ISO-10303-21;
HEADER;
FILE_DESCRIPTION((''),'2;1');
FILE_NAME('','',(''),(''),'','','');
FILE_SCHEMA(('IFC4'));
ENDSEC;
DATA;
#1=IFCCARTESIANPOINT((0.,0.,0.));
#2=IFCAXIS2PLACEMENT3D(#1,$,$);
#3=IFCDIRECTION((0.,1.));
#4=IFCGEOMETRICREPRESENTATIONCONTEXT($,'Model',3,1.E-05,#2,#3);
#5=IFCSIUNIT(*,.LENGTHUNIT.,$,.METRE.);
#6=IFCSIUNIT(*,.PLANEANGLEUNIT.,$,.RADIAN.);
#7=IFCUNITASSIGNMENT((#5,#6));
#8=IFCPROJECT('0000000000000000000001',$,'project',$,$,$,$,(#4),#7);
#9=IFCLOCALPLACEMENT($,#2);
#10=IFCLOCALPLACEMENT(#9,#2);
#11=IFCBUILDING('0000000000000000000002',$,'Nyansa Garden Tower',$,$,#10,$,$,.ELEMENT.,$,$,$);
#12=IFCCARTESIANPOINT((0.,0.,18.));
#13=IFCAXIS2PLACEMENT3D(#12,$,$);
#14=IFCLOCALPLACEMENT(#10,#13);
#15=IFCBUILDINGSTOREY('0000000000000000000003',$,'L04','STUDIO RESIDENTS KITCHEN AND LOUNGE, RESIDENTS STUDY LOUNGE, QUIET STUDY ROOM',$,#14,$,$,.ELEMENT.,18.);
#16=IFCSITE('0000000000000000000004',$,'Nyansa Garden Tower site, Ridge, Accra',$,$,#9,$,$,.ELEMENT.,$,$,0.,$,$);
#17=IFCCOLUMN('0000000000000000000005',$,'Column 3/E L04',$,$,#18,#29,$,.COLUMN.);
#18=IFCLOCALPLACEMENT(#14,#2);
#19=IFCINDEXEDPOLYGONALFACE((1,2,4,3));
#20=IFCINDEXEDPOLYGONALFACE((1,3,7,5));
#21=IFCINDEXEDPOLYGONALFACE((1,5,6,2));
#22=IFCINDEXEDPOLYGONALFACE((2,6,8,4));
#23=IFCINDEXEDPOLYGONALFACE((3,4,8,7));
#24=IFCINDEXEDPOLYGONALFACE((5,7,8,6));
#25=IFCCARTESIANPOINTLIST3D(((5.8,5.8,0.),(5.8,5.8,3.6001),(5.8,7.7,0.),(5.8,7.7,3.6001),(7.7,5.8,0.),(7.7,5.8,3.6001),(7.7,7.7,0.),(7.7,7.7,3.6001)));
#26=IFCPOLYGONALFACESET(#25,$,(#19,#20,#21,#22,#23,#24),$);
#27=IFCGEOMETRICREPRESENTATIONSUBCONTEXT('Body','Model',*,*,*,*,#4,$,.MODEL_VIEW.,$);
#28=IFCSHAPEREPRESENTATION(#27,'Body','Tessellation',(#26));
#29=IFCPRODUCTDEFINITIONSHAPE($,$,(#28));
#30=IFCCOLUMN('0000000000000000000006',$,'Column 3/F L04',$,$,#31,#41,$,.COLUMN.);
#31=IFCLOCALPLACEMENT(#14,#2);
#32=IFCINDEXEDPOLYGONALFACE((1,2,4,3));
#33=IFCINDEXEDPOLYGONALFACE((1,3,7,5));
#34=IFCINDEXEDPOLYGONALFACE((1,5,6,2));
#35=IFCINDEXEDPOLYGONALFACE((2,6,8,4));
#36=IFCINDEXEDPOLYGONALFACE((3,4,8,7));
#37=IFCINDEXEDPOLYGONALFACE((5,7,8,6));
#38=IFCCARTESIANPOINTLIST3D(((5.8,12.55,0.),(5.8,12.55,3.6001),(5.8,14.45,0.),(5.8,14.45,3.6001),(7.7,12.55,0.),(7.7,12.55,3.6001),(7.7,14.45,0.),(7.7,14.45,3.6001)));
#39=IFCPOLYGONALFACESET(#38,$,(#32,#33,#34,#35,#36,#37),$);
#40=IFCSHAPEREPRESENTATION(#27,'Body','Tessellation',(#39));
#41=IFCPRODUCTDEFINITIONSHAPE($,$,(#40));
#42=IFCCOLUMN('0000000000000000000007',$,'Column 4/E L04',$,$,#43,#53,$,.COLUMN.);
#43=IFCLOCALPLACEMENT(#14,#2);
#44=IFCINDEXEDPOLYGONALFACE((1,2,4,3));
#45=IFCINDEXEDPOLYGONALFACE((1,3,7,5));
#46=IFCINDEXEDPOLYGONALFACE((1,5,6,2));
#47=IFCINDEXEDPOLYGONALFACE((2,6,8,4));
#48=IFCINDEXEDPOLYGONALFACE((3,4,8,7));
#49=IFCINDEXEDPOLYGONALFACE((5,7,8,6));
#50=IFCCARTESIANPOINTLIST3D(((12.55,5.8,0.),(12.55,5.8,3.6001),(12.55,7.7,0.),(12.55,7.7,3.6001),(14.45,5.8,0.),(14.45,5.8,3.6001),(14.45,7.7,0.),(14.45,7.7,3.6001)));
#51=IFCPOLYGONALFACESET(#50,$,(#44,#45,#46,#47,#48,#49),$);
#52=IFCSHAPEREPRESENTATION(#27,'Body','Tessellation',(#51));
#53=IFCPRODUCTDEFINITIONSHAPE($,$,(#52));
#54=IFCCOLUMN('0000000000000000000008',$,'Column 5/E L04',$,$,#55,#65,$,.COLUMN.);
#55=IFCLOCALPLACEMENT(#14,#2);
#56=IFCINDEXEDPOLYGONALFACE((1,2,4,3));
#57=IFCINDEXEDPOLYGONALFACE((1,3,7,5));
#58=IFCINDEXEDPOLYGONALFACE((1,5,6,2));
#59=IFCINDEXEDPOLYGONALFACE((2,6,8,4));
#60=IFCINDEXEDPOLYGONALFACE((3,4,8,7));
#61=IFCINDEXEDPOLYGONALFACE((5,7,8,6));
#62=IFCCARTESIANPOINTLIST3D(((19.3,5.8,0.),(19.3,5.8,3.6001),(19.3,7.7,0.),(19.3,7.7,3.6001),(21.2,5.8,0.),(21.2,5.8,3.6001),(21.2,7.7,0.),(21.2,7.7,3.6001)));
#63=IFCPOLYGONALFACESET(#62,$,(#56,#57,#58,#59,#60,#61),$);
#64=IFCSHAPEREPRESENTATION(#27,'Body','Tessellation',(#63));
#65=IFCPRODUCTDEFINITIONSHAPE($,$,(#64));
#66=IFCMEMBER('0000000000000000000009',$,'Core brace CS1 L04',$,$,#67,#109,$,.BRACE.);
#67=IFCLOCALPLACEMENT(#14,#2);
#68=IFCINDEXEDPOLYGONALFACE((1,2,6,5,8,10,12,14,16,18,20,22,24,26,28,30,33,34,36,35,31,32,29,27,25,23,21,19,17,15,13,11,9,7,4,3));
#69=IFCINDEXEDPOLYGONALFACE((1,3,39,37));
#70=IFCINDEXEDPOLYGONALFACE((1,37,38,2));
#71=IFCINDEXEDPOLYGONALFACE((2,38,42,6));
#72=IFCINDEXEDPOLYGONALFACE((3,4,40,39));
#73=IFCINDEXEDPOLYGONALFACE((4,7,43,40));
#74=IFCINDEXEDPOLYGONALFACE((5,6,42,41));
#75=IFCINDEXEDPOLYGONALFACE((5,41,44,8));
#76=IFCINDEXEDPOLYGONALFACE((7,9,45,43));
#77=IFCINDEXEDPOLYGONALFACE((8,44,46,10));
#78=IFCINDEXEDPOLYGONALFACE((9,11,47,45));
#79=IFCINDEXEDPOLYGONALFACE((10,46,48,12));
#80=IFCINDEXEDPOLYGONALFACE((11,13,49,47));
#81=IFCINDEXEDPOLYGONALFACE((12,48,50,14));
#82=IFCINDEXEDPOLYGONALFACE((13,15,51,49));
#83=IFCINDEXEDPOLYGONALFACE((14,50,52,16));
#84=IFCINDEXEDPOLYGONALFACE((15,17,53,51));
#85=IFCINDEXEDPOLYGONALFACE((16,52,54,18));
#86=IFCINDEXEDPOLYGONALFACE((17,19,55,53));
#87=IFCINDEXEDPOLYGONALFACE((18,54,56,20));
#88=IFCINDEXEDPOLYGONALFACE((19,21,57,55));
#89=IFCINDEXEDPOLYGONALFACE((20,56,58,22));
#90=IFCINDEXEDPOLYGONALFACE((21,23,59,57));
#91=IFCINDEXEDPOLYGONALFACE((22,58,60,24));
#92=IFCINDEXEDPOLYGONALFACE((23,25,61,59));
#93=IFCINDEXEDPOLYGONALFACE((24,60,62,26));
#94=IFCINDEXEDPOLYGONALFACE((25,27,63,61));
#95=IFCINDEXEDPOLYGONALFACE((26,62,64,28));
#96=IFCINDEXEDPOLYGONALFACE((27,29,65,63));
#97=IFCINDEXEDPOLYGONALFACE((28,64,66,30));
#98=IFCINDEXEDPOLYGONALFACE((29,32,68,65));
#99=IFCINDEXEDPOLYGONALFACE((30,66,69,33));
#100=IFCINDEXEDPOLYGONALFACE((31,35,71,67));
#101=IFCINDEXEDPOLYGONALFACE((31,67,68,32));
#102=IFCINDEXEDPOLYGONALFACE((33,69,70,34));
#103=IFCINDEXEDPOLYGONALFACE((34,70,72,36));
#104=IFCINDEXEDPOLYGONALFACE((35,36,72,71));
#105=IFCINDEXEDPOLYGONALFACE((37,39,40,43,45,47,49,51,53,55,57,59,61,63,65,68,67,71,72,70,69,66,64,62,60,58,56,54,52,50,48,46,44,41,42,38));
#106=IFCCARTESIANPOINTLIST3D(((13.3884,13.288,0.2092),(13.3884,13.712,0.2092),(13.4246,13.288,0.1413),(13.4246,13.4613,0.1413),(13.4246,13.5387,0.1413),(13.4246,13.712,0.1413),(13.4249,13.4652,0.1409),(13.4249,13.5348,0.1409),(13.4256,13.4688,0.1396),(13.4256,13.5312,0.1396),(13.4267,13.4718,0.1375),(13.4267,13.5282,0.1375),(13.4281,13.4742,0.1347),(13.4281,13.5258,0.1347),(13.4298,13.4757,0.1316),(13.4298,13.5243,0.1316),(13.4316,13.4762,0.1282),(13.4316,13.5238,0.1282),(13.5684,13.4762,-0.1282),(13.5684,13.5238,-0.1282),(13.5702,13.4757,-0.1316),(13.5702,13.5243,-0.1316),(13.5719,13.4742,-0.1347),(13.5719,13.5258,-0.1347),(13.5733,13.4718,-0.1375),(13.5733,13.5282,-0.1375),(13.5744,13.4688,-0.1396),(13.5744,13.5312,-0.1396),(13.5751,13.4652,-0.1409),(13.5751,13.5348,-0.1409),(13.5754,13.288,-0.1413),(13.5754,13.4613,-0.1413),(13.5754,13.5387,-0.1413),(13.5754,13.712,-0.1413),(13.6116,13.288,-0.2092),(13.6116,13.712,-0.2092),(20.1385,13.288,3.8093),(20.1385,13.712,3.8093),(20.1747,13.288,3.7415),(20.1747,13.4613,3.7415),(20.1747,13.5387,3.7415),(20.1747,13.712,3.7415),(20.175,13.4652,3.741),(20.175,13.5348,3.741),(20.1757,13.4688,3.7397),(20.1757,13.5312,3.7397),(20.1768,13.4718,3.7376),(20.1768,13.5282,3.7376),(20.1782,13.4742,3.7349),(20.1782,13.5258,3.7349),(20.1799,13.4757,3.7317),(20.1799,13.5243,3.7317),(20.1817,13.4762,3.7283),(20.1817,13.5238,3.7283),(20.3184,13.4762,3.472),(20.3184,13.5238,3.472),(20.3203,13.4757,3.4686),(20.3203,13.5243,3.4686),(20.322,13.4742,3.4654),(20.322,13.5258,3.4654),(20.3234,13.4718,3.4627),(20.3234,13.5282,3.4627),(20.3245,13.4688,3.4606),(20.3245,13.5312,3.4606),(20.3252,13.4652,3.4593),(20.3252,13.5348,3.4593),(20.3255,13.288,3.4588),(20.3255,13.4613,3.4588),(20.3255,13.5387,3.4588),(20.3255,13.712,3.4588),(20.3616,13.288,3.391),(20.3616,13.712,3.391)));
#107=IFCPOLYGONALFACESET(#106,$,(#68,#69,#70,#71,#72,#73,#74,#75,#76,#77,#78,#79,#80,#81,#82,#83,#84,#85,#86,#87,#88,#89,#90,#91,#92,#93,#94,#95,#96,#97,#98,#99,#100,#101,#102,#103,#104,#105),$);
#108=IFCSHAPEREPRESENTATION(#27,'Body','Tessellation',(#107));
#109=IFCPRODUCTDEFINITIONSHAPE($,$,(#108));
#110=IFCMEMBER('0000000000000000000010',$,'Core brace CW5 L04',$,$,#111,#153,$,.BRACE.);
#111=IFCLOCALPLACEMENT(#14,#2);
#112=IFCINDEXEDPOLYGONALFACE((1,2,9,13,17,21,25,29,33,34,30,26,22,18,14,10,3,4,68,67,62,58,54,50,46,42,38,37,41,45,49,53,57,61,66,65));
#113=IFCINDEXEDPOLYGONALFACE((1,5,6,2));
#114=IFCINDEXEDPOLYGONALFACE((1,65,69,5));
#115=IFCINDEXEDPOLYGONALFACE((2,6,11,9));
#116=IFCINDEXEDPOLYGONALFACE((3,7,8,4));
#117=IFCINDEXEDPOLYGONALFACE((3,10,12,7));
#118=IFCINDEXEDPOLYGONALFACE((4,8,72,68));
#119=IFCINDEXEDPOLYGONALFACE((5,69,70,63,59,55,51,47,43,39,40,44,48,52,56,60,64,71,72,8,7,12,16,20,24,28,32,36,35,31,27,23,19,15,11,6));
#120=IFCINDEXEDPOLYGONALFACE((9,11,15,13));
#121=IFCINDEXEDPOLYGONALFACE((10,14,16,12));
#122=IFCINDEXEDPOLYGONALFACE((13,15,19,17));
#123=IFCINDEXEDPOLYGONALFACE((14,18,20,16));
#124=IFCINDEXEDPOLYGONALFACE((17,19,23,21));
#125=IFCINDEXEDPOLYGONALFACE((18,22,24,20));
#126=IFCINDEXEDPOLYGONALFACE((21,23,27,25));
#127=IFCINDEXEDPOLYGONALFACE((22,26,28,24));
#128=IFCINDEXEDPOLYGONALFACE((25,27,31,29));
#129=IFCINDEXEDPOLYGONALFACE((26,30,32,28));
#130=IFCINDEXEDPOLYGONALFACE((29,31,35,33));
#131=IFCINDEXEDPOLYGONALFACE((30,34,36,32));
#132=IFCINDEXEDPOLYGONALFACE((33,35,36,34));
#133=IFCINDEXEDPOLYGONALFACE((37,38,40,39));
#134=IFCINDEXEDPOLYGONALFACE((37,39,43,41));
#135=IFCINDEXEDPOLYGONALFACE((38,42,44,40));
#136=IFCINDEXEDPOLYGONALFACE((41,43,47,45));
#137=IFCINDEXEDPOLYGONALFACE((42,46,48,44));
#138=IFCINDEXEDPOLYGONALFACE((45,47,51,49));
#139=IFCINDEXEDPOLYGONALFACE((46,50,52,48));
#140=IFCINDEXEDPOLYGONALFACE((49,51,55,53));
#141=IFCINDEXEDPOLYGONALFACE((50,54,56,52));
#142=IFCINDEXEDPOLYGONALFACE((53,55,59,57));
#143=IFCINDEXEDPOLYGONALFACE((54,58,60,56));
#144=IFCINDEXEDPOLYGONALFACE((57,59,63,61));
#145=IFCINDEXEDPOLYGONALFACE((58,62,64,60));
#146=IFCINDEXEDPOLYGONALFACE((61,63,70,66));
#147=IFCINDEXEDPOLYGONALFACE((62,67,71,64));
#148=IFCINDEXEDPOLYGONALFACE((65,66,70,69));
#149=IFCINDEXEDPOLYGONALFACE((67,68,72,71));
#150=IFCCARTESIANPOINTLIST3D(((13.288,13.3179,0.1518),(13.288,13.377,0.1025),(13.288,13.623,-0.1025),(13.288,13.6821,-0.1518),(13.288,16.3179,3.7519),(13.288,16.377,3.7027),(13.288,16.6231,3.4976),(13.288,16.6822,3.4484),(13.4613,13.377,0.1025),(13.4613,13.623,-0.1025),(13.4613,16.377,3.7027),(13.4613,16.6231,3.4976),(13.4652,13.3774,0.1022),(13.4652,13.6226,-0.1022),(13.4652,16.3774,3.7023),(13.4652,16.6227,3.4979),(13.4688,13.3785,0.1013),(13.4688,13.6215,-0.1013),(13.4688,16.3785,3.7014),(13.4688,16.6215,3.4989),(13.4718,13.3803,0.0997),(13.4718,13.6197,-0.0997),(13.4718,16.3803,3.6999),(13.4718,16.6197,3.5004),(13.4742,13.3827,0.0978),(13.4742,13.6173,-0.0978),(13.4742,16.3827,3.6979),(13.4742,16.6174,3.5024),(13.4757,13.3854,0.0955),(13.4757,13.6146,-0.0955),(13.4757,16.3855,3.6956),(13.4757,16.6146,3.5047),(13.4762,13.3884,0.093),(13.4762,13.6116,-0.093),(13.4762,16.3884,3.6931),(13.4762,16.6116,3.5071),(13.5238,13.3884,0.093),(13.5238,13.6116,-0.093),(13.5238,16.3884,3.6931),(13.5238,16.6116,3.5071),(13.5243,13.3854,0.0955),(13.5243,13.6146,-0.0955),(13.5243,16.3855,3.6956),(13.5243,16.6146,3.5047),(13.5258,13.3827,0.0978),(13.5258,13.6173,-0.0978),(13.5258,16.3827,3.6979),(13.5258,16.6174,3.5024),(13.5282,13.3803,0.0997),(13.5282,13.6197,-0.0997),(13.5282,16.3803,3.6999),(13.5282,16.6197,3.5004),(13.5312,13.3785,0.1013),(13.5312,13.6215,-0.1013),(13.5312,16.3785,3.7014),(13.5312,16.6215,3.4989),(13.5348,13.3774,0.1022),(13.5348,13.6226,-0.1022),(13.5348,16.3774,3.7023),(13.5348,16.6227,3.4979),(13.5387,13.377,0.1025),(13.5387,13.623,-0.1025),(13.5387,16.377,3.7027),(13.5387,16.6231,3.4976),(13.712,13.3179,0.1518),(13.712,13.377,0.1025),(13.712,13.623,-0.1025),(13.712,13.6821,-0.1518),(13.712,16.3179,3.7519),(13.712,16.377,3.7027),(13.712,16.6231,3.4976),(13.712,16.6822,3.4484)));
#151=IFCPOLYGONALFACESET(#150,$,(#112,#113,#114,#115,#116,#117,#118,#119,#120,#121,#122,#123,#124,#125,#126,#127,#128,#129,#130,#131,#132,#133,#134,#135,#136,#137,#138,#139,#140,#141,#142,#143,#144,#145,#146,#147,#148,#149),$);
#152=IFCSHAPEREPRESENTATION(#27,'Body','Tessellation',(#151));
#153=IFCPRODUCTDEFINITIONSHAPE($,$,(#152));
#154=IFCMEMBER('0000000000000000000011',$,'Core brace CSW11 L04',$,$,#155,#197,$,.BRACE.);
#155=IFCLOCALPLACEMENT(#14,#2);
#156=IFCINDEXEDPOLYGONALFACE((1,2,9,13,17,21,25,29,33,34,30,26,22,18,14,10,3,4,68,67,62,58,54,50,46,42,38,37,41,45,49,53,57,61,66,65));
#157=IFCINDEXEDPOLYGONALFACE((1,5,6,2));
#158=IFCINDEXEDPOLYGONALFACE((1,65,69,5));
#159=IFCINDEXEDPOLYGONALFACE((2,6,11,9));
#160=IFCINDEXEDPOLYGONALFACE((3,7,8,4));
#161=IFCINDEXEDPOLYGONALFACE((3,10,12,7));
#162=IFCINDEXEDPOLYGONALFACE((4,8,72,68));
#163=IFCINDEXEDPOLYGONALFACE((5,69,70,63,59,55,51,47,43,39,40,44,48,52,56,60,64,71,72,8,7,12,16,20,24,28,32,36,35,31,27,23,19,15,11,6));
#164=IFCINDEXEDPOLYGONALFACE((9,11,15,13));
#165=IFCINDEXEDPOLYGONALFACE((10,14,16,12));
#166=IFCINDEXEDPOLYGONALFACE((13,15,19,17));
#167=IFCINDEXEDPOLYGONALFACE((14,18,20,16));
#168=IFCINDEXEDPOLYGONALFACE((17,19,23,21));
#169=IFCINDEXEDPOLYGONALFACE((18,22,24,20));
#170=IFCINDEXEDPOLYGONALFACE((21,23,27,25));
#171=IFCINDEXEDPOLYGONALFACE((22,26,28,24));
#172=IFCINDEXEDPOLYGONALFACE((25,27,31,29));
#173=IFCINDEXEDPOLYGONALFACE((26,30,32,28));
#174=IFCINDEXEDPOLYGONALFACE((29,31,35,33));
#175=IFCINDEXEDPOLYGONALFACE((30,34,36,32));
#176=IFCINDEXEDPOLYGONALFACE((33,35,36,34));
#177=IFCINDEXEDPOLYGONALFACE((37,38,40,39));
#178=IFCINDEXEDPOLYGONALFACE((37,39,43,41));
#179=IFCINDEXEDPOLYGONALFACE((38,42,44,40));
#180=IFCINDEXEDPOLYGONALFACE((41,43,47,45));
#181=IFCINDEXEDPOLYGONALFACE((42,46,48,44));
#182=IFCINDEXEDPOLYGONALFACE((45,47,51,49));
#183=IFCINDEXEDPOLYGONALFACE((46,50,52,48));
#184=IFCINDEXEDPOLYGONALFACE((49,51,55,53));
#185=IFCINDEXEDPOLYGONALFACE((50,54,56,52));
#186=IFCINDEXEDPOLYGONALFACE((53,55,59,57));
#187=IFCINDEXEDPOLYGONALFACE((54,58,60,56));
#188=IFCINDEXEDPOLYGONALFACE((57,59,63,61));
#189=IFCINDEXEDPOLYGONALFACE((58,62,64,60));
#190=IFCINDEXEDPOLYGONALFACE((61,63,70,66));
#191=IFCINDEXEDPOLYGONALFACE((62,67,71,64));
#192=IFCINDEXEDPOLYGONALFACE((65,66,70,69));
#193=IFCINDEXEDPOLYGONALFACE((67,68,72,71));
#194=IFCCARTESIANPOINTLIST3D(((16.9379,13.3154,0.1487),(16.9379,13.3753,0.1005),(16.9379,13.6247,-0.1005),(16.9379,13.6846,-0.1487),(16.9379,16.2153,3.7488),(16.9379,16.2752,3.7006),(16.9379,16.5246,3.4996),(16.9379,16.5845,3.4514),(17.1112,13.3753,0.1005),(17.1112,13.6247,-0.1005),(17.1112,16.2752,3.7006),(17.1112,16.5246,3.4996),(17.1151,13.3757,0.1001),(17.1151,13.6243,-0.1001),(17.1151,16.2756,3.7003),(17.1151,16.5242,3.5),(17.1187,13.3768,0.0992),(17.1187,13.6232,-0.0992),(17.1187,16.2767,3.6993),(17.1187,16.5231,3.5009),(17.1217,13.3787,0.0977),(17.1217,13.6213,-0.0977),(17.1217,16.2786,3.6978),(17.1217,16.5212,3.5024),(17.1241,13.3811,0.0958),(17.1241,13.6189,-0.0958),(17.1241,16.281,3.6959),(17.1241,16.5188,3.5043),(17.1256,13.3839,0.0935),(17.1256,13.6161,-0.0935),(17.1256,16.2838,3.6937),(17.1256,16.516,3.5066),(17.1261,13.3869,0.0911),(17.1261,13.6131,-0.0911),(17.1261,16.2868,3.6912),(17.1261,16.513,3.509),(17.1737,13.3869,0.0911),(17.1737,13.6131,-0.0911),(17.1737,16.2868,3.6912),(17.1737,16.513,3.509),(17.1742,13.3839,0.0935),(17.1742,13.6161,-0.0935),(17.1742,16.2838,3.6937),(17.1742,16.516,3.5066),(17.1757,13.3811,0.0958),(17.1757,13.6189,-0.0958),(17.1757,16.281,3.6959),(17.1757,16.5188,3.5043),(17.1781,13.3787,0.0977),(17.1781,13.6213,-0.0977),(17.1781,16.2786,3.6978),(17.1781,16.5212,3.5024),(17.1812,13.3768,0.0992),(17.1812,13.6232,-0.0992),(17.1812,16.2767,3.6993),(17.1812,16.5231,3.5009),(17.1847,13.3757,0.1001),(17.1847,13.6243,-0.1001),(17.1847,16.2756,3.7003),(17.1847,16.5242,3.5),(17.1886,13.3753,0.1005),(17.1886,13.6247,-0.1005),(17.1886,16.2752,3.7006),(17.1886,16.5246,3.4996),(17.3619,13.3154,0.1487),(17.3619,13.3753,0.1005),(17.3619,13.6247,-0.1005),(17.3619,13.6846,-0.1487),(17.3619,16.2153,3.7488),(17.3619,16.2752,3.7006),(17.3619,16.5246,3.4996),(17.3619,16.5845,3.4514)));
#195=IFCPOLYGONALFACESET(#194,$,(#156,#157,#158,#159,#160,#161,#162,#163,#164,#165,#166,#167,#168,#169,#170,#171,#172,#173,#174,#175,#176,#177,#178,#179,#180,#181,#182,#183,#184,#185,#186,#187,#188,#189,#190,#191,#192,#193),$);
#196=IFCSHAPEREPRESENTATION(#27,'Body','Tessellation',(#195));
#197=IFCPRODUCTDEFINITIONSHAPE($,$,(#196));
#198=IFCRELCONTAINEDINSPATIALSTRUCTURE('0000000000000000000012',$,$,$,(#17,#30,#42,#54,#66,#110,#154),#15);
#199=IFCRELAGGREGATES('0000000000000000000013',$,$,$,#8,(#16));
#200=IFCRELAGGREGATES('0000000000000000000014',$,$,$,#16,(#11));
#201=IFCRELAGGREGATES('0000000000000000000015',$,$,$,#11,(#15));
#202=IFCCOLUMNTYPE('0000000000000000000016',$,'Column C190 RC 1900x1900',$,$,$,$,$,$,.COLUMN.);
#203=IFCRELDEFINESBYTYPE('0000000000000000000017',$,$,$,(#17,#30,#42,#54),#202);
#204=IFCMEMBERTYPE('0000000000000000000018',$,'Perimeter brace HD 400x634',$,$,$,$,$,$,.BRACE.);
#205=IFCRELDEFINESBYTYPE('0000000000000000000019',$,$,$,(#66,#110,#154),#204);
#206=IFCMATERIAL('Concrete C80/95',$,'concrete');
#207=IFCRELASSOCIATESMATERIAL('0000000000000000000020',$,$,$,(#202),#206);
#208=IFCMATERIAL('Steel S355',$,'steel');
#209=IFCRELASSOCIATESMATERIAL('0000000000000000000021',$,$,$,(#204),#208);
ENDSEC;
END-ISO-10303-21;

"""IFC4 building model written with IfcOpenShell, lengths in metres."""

from ifc_helpers import new_model, si_unit, direction, frame, origin, origin_2d, place, context, subcontext, project, spatial, rectangle, i_section, extrude, material, material_profile, profile_set, type_object, element, save


model = new_model("IFC4")

# Units and contexts
model_context = context("Model", 3, precision=1e-05, world=origin(), true_north=direction((0.0, 1.0)))
body_context = subcontext(model_context, "Body", "Model", "MODEL_VIEW")
ifc_project = project(units=[si_unit("LENGTHUNIT", "METRE"), si_unit("PLANEANGLEUNIT", "RADIAN")], contexts=[model_context])

# Site, building, storey
site_placement = place(None, origin())
site = spatial("IfcSite", under=ifc_project, at=site_placement, Name="Nyansa Garden Tower site, Ridge, Accra", CompositionType="ELEMENT", RefElevation=0.0)
building_placement = place(site_placement, origin())
building = spatial("IfcBuilding", under=site, at=building_placement, Name="Nyansa Garden Tower", CompositionType="ELEMENT")
storey_placement = place(building_placement, frame((0.0, 0.0, 18.0)))
storey = spatial("IfcBuildingStorey", under=building, at=storey_placement, Name="L04", Description="STUDIO RESIDENTS KITCHEN AND LOUNGE, RESIDENTS STUDY LOUNGE, QUIET STUDY ROOM", CompositionType="ELEMENT", Elevation=18.0)

# Columns
ifc_material_1 = material(Name="Concrete C80/95", Category="concrete")
ifc_material_profile_1 = material_profile(ifc_material_1, rectangle(XDim=1.8999, YDim=1.8999, at=origin_2d()), Name="RC 1900x1900")
ifc_profile_set_1 = profile_set([ifc_material_profile_1], Name="Concrete C80/95")
column_type = type_object("IfcColumnType", Name="Column C190 RC 1900x1900", PredefinedType="COLUMN", material=ifc_profile_set_1)
for number, where, z_axis, x_axis, name in (
    (1, (6.75, 6.75, 0.0), (0.0, 0.0, 1.0), (1.0, 0.0, 0.0), "Column 3/E L04"),
    (2, (6.75, 13.5, 0.0), (0.0, 0.0, 1.0), (1.0, 0.0, 0.0), "Column 3/F L04"),
    (3, (13.5, 6.75, 0.0), (0.0, 0.0, 1.0), (1.0, 0.0, 0.0), "Column 4/E L04"),
    (4, (20.25, 6.75, 0.0), (0.0, 0.0, 1.0), (1.0, 0.0, 0.0), "Column 5/E L04"),
):
    element("IfcColumn", number, at=place(storey_placement, frame(where, z_axis=z_axis, x_axis=x_axis)), inside=storey, type_object=column_type, Name=name, PredefinedType="COLUMN", context=body_context, shape_type="SweptSolid", body=[
        extrude(rectangle(XDim=1.8999, YDim=1.8999, at=origin_2d()), origin(), (0.0, 0.0, 1.0), 3.6001),
    ])

# Members
ifc_material_2 = material(Name="Steel S355", Category="steel")
ifc_material_profile_2 = material_profile(ifc_material_2, i_section(OverallWidth=0.4241, OverallDepth=0.4741, WebThickness=0.0476, FlangeThickness=0.0769, FilletRadius=0.0149, at=origin_2d()), Name="HD 400x634")
ifc_profile_set_2 = profile_set([ifc_material_profile_2], Name="Steel S355")
member_type = type_object("IfcMemberType", Name="Perimeter brace HD 400x634", PredefinedType="BRACE", material=ifc_profile_set_2)
member_1_placement = place(storey_placement, frame((13.5, 13.5, 0.0), z_axis=(0.882348, 0.0, 0.470598), x_axis=(0.0, 1.0, 0.0)))
element("IfcMember", 5, at=member_1_placement, inside=storey, type_object=member_type, Name="Core brace CS1 L04", PredefinedType="BRACE", context=body_context, shape_type="SweptSolid", body=[
    extrude(i_section(OverallWidth=0.4241, OverallDepth=0.4741, WebThickness=0.0476, FlangeThickness=0.0769, FilletRadius=0.0149, at=origin_2d()), origin(), (0.0, 0.0, 1.0), 7.6501),
])
member_2_placement = place(storey_placement, frame((13.5, 13.5, 0.0), z_axis=(0.0, 0.640174, 0.76823), x_axis=(-1.0, 0.0, 0.0)))
element("IfcMember", 6, at=member_2_placement, inside=storey, type_object=member_type, Name="Core brace CW5 L04", PredefinedType="BRACE", context=body_context, shape_type="SweptSolid", body=[
    extrude(i_section(OverallWidth=0.4241, OverallDepth=0.4741, WebThickness=0.0476, FlangeThickness=0.0769, FilletRadius=0.0149, at=origin_2d()), origin(), (0.0, 0.0, 1.0), 4.6863),
])
for number, where, z_axis, x_axis, name in (
    (7, (17.1499, 13.5, 0.0), (0.0, 0.627306, 0.778773), (-1.0, 0.0, 0.0), "Core brace CSW11 L04"),
):
    element("IfcMember", number, at=place(storey_placement, frame(where, z_axis=z_axis, x_axis=x_axis)), inside=storey, type_object=member_type, Name=name, PredefinedType="BRACE", context=body_context, shape_type="SweptSolid", body=[
        extrude(i_section(OverallWidth=0.4241, OverallDepth=0.4741, WebThickness=0.0476, FlangeThickness=0.0769, FilletRadius=0.0149, at=origin_2d()), origin(), (0.0, 0.0, 1.0), 4.6228),
    ])

save(model, "model.ifc")
